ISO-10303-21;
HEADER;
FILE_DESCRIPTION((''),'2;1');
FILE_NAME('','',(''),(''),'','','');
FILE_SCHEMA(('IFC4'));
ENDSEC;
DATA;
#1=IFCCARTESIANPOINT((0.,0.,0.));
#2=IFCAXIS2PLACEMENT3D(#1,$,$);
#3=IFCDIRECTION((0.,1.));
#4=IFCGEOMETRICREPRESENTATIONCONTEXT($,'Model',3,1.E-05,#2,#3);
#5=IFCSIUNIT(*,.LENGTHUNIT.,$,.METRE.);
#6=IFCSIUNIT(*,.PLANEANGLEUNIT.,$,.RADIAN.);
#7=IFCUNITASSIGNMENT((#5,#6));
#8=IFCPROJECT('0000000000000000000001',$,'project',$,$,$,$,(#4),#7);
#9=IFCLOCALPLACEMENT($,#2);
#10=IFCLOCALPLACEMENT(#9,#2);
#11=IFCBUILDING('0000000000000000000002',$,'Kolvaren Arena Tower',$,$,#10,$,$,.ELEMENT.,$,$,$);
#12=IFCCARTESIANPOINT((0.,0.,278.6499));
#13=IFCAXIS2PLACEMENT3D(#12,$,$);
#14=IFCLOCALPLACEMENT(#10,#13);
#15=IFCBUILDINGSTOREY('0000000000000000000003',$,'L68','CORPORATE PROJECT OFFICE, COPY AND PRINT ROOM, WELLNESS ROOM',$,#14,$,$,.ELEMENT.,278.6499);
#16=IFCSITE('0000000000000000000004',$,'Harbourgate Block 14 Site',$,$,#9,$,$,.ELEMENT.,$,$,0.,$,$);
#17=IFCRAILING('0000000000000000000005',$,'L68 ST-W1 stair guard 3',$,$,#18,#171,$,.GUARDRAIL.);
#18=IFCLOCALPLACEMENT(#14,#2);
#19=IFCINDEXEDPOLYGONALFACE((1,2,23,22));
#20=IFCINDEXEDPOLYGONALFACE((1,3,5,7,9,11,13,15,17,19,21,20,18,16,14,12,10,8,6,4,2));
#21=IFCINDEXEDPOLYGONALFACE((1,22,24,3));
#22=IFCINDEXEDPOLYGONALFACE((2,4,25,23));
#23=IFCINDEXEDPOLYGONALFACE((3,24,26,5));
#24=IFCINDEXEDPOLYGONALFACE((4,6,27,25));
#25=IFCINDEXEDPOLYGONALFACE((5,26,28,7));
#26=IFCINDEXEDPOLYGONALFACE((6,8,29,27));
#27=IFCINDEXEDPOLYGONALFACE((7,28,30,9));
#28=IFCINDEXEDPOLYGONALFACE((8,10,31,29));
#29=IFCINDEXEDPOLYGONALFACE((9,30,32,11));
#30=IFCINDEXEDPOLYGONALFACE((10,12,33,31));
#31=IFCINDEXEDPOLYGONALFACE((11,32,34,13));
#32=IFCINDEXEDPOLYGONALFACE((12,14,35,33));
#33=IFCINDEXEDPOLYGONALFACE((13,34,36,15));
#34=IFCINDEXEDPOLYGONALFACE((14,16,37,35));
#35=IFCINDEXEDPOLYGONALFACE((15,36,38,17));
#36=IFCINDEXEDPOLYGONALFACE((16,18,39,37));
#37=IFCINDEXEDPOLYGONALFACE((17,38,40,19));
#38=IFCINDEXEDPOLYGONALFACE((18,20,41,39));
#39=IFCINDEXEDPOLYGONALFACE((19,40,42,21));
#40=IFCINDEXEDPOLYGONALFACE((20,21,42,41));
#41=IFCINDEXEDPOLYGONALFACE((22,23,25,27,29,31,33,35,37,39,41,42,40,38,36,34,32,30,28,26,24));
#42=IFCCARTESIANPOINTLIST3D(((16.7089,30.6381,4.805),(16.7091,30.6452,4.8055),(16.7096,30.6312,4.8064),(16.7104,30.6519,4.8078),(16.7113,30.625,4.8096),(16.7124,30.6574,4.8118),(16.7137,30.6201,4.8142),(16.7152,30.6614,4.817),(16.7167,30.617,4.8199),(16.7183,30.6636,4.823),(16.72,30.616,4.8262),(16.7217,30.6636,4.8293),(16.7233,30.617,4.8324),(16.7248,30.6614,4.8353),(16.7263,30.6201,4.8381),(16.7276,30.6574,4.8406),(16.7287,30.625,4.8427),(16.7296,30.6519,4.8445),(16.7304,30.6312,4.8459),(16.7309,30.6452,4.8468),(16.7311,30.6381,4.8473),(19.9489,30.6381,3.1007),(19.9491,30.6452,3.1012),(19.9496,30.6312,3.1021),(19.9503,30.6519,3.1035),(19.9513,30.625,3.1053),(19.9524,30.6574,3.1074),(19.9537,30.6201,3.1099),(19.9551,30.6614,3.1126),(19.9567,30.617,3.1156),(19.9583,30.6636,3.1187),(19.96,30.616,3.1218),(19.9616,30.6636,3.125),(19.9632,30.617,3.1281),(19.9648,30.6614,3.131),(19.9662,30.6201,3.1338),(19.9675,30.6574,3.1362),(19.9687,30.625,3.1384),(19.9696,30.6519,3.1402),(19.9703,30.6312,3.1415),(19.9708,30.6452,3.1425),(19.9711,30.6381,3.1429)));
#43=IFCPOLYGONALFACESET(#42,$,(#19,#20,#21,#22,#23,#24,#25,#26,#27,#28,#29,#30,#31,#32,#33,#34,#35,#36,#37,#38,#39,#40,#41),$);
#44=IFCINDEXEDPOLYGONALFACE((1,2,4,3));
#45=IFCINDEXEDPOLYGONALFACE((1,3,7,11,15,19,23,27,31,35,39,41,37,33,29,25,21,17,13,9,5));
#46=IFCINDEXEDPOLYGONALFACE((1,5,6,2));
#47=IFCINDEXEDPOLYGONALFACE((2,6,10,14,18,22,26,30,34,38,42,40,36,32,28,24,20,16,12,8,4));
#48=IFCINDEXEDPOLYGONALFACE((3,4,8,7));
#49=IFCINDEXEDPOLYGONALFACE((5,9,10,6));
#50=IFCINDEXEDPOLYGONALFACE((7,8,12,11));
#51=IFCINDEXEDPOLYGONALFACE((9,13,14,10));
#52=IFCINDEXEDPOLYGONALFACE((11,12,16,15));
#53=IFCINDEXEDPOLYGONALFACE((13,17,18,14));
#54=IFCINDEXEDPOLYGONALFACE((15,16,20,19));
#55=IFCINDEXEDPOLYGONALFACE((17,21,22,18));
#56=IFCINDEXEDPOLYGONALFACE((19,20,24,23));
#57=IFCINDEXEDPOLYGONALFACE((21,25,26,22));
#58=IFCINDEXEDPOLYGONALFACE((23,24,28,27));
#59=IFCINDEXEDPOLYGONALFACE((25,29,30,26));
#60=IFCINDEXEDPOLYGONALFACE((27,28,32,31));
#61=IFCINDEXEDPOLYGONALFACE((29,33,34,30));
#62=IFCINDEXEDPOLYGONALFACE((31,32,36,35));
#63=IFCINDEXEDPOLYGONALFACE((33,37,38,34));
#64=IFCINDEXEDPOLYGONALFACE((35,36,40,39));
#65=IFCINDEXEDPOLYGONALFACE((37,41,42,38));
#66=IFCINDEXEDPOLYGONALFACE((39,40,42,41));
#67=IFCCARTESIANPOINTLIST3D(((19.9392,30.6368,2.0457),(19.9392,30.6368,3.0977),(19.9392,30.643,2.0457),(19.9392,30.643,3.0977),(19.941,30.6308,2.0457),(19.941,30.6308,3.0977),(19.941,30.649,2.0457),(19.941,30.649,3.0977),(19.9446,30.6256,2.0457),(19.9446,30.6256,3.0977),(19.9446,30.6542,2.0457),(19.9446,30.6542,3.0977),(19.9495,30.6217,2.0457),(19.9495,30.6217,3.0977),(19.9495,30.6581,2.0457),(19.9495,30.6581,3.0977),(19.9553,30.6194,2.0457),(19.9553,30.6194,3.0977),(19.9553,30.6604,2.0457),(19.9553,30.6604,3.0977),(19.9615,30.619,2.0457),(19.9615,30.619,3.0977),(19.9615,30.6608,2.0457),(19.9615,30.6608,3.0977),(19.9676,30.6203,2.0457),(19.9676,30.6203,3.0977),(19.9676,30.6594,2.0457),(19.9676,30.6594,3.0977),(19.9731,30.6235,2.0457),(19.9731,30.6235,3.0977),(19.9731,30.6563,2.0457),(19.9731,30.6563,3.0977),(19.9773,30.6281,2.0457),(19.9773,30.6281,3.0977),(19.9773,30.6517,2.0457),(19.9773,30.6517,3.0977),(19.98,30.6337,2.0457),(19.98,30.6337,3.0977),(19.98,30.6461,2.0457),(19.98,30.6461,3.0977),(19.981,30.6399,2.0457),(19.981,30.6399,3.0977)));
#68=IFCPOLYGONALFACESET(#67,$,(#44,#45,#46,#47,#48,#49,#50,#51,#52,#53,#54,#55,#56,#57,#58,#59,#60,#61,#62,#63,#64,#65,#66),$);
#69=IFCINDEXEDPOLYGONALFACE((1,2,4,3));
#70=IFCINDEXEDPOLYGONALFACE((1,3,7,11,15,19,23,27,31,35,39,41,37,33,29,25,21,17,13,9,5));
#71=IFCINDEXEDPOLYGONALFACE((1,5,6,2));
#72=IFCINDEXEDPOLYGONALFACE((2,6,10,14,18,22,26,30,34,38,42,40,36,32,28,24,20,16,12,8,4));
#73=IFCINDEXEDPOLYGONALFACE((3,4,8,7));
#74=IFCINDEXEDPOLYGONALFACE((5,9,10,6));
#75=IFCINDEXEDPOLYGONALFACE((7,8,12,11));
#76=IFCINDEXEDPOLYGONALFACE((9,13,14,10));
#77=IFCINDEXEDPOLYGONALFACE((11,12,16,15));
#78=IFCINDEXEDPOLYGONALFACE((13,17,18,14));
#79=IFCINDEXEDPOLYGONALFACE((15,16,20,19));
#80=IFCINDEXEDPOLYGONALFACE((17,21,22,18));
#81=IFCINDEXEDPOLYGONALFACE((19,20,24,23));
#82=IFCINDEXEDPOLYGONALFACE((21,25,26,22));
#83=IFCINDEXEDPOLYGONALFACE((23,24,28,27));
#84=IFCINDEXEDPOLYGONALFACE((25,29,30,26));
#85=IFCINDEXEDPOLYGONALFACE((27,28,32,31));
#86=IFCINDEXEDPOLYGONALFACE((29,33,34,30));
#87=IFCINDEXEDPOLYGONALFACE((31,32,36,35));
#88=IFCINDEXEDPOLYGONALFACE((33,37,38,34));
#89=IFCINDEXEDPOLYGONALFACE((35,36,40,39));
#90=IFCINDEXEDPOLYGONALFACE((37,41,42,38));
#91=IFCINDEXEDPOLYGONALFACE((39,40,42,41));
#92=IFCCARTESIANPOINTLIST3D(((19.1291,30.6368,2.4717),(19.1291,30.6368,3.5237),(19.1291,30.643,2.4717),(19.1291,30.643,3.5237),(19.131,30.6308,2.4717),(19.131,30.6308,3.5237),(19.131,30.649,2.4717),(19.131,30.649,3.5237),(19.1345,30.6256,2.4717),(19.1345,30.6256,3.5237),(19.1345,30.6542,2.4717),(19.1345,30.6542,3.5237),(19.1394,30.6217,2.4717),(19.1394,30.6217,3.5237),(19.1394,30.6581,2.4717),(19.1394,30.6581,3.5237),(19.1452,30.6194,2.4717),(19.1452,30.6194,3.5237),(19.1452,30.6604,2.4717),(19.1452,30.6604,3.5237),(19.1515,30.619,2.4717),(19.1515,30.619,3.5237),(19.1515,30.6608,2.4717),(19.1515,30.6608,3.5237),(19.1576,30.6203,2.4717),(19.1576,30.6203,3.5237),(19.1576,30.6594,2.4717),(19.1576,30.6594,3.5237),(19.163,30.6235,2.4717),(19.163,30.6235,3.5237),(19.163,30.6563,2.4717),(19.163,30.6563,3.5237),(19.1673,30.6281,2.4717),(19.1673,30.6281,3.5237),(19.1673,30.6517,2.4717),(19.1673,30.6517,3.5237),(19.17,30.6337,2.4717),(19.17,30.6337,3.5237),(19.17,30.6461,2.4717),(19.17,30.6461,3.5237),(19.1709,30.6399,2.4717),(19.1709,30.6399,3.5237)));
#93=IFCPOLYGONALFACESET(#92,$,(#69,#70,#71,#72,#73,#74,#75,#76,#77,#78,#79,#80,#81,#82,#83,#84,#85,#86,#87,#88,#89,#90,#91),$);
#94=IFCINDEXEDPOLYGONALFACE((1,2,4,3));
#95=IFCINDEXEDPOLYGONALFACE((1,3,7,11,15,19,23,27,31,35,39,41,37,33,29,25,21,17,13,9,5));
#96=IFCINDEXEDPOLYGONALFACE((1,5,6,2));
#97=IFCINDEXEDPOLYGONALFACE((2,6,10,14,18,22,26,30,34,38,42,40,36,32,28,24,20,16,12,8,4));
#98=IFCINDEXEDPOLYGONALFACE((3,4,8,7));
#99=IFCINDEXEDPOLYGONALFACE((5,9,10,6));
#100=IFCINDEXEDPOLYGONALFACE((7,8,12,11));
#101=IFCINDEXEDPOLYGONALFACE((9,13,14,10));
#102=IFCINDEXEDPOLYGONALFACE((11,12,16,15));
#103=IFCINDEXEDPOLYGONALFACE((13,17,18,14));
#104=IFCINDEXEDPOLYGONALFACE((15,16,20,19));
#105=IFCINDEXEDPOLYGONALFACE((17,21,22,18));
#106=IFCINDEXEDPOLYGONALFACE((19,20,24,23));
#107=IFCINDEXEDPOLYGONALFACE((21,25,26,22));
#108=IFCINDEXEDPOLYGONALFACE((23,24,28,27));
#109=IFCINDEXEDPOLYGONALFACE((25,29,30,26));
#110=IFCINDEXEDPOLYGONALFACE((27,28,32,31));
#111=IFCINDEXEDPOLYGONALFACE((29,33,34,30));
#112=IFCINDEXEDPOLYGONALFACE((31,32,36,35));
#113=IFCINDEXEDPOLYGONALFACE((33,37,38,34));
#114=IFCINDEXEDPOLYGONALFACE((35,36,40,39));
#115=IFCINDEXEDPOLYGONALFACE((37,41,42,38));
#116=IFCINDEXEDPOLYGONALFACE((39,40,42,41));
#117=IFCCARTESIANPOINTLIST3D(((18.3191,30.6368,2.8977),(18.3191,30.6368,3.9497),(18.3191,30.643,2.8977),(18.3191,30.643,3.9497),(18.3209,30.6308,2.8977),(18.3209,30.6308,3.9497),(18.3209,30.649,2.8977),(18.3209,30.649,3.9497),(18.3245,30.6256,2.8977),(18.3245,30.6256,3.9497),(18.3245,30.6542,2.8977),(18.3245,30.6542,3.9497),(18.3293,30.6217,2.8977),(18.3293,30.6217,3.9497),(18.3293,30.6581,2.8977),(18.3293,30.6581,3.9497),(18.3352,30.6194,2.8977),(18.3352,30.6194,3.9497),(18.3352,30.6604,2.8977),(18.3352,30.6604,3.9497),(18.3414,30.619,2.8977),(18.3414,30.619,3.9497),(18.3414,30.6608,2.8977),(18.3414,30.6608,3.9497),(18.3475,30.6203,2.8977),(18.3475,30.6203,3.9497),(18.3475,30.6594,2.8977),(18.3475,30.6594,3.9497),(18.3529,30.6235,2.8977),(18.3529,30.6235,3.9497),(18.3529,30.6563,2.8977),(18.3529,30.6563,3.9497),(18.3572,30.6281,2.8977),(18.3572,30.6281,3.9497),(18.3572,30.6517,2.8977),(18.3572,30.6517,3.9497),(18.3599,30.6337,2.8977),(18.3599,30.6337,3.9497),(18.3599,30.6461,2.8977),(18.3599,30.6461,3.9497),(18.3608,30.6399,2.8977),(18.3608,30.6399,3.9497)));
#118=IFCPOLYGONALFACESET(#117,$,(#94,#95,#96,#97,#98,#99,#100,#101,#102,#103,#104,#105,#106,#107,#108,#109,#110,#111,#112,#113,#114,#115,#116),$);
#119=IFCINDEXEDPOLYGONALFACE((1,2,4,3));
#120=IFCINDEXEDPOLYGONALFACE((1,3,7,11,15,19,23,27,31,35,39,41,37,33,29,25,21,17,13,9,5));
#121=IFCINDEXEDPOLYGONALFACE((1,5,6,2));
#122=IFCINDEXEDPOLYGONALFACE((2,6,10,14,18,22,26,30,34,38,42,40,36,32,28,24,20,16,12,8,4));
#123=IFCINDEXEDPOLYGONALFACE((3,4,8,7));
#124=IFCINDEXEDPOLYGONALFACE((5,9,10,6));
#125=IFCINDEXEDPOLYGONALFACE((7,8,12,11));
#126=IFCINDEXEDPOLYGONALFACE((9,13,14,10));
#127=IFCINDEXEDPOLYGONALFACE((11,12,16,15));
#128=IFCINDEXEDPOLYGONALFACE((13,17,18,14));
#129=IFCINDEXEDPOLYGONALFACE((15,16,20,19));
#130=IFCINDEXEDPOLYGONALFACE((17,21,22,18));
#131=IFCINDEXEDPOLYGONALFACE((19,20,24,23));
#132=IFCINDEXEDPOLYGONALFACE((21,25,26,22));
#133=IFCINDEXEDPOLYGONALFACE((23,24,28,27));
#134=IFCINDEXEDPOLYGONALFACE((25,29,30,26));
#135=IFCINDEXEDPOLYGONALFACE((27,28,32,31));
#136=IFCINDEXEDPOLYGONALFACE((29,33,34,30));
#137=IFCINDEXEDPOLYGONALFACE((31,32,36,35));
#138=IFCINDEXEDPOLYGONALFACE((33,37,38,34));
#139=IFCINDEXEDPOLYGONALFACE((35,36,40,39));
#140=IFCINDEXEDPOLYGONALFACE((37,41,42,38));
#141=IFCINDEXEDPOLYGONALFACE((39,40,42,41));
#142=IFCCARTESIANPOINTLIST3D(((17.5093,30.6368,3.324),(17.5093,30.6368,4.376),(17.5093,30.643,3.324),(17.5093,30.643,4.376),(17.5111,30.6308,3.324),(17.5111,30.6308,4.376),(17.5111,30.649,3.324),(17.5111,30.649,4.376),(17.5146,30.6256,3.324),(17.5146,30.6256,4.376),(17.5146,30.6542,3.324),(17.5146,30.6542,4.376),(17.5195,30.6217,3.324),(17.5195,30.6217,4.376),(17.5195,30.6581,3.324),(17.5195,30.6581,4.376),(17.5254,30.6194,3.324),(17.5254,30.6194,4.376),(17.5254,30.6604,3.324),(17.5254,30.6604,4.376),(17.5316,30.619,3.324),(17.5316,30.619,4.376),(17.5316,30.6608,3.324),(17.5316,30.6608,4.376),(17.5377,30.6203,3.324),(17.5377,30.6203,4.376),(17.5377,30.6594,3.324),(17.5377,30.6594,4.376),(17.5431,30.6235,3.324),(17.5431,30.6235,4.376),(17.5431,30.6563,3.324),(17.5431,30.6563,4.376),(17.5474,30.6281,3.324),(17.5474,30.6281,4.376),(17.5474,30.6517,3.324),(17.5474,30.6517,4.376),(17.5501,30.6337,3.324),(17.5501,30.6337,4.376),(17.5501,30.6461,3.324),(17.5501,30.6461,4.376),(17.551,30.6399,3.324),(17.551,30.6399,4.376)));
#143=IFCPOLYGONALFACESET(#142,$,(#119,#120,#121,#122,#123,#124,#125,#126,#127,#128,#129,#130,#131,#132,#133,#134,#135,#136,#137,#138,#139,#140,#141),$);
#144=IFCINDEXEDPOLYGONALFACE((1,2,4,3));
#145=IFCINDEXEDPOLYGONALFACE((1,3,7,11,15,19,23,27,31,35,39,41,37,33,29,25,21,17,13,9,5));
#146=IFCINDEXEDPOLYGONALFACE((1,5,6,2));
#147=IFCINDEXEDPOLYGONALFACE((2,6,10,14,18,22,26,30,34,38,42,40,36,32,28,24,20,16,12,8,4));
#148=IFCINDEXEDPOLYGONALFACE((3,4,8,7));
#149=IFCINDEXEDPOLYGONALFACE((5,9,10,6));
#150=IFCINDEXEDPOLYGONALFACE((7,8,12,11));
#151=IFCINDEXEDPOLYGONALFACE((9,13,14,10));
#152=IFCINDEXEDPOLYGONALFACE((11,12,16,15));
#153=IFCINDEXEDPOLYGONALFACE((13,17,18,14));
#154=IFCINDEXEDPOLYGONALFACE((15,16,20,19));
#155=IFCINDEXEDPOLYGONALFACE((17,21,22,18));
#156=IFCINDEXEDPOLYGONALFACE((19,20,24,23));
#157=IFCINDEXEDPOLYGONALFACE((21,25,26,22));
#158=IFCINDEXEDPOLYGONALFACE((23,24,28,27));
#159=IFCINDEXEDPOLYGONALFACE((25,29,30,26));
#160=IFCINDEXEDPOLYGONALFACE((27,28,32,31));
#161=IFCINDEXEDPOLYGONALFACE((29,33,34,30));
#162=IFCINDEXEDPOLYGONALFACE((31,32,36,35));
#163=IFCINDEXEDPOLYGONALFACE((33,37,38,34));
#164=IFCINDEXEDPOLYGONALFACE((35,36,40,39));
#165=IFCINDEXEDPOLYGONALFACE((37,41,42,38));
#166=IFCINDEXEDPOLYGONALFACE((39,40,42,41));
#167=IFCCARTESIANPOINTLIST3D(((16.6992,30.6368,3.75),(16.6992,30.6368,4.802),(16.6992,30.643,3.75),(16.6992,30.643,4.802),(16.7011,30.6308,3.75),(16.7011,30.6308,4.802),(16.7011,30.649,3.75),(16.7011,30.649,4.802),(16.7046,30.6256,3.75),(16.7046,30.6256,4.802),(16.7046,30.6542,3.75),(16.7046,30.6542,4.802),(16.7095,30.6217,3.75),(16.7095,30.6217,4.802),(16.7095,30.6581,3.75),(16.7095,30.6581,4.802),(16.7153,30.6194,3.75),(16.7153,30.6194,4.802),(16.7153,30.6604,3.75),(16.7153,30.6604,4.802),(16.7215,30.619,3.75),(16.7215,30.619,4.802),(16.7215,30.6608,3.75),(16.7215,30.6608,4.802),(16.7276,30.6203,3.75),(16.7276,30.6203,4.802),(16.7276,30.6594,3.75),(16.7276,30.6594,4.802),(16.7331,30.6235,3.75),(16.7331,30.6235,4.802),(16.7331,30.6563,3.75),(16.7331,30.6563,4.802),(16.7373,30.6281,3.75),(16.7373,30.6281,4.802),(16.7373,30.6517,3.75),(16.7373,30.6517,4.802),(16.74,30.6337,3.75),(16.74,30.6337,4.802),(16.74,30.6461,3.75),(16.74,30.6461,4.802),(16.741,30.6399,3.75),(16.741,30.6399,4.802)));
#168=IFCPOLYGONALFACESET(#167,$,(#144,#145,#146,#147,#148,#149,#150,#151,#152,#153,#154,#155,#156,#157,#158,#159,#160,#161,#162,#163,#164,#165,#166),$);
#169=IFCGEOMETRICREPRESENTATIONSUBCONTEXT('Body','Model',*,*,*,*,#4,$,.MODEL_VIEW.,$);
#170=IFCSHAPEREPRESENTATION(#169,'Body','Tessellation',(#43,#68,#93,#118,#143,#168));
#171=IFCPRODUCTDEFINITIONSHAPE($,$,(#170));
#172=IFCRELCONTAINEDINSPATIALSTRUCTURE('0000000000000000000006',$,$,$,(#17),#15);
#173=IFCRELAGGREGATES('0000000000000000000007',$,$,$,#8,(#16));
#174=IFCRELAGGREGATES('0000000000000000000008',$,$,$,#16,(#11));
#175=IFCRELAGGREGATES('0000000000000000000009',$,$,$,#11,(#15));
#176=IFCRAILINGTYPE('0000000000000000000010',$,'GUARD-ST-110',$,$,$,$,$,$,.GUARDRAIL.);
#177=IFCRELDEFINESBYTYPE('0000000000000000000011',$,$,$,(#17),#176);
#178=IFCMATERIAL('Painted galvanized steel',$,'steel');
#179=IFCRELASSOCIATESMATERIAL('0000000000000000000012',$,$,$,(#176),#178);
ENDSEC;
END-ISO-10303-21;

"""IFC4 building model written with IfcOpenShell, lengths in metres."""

from ifc_helpers import new_model, si_unit, direction, frame, origin, origin_2d, place, context, subcontext, project, spatial, circle, extrude, material, type_object, element, save


model = new_model("IFC4")

# Units and contexts
model_context = context("Model", 3, precision=1e-05, world=origin(), true_north=direction((0.0, 1.0)))
body_context = subcontext(model_context, "Body", "Model", "MODEL_VIEW")
ifc_project = project(units=[si_unit("LENGTHUNIT", "METRE"), si_unit("PLANEANGLEUNIT", "RADIAN")], contexts=[model_context])

# Site, building, storey
site_placement = place(None, origin())
site = spatial("IfcSite", under=ifc_project, at=site_placement, Name="Harbourgate Block 14 Site", CompositionType="ELEMENT", RefElevation=0.0)
building_placement = place(site_placement, origin())
building = spatial("IfcBuilding", under=site, at=building_placement, Name="Kolvaren Arena Tower", CompositionType="ELEMENT")
storey_placement = place(building_placement, frame((0.0, 0.0, 278.6499)))
storey = spatial("IfcBuildingStorey", under=building, at=storey_placement, Name="L68", Description="CORPORATE PROJECT OFFICE, COPY AND PRINT ROOM, WELLNESS ROOM", CompositionType="ELEMENT", Elevation=278.6499)

# Railing
ifc_material_1 = material(Name="Painted galvanized steel", Category="steel")
railing_type_1 = type_object("IfcRailingType", Name="GUARD-ST-110", PredefinedType="GUARDRAIL", material=ifc_material_1)
railing_1_placement = place(storey_placement, frame((19.96, 30.6399, 2.0457)))
element("IfcRailing", 1, at=railing_1_placement, inside=storey, type_object=railing_type_1, Name="L68 ST-W1 stair guard 3", PredefinedType="GUARDRAIL", context=body_context, shape_type="SweptSolid", body=[
    extrude(circle(Radius=0.0239, at=origin_2d()), frame((0.0, 0.0, 1.0762), z_axis=(-0.885021, 0.0, 0.465551), x_axis=(0.0, -1.0, 0.0)), (0.0, 0.0, 1.0), 3.6609),
    extrude(circle(Radius=0.021, at=origin_2d()), origin(), (0.0, 0.0, 1.0), 1.052),
    extrude(circle(Radius=0.021, at=origin_2d()), frame((-0.8101, 0.0, 0.426)), (0.0, 0.0, 1.0), 1.052),
    extrude(circle(Radius=0.021, at=origin_2d()), frame((-1.6201, 0.0, 0.8521)), (0.0, 0.0, 1.0), 1.052),
    extrude(circle(Radius=0.021, at=origin_2d()), frame((-2.4299, 0.0, 1.2783)), (0.0, 0.0, 1.0), 1.052),
    extrude(circle(Radius=0.021, at=origin_2d()), frame((-3.24, 0.0, 1.7043)), (0.0, 0.0, 1.0), 1.052),
])

save(model, "model.ifc")
